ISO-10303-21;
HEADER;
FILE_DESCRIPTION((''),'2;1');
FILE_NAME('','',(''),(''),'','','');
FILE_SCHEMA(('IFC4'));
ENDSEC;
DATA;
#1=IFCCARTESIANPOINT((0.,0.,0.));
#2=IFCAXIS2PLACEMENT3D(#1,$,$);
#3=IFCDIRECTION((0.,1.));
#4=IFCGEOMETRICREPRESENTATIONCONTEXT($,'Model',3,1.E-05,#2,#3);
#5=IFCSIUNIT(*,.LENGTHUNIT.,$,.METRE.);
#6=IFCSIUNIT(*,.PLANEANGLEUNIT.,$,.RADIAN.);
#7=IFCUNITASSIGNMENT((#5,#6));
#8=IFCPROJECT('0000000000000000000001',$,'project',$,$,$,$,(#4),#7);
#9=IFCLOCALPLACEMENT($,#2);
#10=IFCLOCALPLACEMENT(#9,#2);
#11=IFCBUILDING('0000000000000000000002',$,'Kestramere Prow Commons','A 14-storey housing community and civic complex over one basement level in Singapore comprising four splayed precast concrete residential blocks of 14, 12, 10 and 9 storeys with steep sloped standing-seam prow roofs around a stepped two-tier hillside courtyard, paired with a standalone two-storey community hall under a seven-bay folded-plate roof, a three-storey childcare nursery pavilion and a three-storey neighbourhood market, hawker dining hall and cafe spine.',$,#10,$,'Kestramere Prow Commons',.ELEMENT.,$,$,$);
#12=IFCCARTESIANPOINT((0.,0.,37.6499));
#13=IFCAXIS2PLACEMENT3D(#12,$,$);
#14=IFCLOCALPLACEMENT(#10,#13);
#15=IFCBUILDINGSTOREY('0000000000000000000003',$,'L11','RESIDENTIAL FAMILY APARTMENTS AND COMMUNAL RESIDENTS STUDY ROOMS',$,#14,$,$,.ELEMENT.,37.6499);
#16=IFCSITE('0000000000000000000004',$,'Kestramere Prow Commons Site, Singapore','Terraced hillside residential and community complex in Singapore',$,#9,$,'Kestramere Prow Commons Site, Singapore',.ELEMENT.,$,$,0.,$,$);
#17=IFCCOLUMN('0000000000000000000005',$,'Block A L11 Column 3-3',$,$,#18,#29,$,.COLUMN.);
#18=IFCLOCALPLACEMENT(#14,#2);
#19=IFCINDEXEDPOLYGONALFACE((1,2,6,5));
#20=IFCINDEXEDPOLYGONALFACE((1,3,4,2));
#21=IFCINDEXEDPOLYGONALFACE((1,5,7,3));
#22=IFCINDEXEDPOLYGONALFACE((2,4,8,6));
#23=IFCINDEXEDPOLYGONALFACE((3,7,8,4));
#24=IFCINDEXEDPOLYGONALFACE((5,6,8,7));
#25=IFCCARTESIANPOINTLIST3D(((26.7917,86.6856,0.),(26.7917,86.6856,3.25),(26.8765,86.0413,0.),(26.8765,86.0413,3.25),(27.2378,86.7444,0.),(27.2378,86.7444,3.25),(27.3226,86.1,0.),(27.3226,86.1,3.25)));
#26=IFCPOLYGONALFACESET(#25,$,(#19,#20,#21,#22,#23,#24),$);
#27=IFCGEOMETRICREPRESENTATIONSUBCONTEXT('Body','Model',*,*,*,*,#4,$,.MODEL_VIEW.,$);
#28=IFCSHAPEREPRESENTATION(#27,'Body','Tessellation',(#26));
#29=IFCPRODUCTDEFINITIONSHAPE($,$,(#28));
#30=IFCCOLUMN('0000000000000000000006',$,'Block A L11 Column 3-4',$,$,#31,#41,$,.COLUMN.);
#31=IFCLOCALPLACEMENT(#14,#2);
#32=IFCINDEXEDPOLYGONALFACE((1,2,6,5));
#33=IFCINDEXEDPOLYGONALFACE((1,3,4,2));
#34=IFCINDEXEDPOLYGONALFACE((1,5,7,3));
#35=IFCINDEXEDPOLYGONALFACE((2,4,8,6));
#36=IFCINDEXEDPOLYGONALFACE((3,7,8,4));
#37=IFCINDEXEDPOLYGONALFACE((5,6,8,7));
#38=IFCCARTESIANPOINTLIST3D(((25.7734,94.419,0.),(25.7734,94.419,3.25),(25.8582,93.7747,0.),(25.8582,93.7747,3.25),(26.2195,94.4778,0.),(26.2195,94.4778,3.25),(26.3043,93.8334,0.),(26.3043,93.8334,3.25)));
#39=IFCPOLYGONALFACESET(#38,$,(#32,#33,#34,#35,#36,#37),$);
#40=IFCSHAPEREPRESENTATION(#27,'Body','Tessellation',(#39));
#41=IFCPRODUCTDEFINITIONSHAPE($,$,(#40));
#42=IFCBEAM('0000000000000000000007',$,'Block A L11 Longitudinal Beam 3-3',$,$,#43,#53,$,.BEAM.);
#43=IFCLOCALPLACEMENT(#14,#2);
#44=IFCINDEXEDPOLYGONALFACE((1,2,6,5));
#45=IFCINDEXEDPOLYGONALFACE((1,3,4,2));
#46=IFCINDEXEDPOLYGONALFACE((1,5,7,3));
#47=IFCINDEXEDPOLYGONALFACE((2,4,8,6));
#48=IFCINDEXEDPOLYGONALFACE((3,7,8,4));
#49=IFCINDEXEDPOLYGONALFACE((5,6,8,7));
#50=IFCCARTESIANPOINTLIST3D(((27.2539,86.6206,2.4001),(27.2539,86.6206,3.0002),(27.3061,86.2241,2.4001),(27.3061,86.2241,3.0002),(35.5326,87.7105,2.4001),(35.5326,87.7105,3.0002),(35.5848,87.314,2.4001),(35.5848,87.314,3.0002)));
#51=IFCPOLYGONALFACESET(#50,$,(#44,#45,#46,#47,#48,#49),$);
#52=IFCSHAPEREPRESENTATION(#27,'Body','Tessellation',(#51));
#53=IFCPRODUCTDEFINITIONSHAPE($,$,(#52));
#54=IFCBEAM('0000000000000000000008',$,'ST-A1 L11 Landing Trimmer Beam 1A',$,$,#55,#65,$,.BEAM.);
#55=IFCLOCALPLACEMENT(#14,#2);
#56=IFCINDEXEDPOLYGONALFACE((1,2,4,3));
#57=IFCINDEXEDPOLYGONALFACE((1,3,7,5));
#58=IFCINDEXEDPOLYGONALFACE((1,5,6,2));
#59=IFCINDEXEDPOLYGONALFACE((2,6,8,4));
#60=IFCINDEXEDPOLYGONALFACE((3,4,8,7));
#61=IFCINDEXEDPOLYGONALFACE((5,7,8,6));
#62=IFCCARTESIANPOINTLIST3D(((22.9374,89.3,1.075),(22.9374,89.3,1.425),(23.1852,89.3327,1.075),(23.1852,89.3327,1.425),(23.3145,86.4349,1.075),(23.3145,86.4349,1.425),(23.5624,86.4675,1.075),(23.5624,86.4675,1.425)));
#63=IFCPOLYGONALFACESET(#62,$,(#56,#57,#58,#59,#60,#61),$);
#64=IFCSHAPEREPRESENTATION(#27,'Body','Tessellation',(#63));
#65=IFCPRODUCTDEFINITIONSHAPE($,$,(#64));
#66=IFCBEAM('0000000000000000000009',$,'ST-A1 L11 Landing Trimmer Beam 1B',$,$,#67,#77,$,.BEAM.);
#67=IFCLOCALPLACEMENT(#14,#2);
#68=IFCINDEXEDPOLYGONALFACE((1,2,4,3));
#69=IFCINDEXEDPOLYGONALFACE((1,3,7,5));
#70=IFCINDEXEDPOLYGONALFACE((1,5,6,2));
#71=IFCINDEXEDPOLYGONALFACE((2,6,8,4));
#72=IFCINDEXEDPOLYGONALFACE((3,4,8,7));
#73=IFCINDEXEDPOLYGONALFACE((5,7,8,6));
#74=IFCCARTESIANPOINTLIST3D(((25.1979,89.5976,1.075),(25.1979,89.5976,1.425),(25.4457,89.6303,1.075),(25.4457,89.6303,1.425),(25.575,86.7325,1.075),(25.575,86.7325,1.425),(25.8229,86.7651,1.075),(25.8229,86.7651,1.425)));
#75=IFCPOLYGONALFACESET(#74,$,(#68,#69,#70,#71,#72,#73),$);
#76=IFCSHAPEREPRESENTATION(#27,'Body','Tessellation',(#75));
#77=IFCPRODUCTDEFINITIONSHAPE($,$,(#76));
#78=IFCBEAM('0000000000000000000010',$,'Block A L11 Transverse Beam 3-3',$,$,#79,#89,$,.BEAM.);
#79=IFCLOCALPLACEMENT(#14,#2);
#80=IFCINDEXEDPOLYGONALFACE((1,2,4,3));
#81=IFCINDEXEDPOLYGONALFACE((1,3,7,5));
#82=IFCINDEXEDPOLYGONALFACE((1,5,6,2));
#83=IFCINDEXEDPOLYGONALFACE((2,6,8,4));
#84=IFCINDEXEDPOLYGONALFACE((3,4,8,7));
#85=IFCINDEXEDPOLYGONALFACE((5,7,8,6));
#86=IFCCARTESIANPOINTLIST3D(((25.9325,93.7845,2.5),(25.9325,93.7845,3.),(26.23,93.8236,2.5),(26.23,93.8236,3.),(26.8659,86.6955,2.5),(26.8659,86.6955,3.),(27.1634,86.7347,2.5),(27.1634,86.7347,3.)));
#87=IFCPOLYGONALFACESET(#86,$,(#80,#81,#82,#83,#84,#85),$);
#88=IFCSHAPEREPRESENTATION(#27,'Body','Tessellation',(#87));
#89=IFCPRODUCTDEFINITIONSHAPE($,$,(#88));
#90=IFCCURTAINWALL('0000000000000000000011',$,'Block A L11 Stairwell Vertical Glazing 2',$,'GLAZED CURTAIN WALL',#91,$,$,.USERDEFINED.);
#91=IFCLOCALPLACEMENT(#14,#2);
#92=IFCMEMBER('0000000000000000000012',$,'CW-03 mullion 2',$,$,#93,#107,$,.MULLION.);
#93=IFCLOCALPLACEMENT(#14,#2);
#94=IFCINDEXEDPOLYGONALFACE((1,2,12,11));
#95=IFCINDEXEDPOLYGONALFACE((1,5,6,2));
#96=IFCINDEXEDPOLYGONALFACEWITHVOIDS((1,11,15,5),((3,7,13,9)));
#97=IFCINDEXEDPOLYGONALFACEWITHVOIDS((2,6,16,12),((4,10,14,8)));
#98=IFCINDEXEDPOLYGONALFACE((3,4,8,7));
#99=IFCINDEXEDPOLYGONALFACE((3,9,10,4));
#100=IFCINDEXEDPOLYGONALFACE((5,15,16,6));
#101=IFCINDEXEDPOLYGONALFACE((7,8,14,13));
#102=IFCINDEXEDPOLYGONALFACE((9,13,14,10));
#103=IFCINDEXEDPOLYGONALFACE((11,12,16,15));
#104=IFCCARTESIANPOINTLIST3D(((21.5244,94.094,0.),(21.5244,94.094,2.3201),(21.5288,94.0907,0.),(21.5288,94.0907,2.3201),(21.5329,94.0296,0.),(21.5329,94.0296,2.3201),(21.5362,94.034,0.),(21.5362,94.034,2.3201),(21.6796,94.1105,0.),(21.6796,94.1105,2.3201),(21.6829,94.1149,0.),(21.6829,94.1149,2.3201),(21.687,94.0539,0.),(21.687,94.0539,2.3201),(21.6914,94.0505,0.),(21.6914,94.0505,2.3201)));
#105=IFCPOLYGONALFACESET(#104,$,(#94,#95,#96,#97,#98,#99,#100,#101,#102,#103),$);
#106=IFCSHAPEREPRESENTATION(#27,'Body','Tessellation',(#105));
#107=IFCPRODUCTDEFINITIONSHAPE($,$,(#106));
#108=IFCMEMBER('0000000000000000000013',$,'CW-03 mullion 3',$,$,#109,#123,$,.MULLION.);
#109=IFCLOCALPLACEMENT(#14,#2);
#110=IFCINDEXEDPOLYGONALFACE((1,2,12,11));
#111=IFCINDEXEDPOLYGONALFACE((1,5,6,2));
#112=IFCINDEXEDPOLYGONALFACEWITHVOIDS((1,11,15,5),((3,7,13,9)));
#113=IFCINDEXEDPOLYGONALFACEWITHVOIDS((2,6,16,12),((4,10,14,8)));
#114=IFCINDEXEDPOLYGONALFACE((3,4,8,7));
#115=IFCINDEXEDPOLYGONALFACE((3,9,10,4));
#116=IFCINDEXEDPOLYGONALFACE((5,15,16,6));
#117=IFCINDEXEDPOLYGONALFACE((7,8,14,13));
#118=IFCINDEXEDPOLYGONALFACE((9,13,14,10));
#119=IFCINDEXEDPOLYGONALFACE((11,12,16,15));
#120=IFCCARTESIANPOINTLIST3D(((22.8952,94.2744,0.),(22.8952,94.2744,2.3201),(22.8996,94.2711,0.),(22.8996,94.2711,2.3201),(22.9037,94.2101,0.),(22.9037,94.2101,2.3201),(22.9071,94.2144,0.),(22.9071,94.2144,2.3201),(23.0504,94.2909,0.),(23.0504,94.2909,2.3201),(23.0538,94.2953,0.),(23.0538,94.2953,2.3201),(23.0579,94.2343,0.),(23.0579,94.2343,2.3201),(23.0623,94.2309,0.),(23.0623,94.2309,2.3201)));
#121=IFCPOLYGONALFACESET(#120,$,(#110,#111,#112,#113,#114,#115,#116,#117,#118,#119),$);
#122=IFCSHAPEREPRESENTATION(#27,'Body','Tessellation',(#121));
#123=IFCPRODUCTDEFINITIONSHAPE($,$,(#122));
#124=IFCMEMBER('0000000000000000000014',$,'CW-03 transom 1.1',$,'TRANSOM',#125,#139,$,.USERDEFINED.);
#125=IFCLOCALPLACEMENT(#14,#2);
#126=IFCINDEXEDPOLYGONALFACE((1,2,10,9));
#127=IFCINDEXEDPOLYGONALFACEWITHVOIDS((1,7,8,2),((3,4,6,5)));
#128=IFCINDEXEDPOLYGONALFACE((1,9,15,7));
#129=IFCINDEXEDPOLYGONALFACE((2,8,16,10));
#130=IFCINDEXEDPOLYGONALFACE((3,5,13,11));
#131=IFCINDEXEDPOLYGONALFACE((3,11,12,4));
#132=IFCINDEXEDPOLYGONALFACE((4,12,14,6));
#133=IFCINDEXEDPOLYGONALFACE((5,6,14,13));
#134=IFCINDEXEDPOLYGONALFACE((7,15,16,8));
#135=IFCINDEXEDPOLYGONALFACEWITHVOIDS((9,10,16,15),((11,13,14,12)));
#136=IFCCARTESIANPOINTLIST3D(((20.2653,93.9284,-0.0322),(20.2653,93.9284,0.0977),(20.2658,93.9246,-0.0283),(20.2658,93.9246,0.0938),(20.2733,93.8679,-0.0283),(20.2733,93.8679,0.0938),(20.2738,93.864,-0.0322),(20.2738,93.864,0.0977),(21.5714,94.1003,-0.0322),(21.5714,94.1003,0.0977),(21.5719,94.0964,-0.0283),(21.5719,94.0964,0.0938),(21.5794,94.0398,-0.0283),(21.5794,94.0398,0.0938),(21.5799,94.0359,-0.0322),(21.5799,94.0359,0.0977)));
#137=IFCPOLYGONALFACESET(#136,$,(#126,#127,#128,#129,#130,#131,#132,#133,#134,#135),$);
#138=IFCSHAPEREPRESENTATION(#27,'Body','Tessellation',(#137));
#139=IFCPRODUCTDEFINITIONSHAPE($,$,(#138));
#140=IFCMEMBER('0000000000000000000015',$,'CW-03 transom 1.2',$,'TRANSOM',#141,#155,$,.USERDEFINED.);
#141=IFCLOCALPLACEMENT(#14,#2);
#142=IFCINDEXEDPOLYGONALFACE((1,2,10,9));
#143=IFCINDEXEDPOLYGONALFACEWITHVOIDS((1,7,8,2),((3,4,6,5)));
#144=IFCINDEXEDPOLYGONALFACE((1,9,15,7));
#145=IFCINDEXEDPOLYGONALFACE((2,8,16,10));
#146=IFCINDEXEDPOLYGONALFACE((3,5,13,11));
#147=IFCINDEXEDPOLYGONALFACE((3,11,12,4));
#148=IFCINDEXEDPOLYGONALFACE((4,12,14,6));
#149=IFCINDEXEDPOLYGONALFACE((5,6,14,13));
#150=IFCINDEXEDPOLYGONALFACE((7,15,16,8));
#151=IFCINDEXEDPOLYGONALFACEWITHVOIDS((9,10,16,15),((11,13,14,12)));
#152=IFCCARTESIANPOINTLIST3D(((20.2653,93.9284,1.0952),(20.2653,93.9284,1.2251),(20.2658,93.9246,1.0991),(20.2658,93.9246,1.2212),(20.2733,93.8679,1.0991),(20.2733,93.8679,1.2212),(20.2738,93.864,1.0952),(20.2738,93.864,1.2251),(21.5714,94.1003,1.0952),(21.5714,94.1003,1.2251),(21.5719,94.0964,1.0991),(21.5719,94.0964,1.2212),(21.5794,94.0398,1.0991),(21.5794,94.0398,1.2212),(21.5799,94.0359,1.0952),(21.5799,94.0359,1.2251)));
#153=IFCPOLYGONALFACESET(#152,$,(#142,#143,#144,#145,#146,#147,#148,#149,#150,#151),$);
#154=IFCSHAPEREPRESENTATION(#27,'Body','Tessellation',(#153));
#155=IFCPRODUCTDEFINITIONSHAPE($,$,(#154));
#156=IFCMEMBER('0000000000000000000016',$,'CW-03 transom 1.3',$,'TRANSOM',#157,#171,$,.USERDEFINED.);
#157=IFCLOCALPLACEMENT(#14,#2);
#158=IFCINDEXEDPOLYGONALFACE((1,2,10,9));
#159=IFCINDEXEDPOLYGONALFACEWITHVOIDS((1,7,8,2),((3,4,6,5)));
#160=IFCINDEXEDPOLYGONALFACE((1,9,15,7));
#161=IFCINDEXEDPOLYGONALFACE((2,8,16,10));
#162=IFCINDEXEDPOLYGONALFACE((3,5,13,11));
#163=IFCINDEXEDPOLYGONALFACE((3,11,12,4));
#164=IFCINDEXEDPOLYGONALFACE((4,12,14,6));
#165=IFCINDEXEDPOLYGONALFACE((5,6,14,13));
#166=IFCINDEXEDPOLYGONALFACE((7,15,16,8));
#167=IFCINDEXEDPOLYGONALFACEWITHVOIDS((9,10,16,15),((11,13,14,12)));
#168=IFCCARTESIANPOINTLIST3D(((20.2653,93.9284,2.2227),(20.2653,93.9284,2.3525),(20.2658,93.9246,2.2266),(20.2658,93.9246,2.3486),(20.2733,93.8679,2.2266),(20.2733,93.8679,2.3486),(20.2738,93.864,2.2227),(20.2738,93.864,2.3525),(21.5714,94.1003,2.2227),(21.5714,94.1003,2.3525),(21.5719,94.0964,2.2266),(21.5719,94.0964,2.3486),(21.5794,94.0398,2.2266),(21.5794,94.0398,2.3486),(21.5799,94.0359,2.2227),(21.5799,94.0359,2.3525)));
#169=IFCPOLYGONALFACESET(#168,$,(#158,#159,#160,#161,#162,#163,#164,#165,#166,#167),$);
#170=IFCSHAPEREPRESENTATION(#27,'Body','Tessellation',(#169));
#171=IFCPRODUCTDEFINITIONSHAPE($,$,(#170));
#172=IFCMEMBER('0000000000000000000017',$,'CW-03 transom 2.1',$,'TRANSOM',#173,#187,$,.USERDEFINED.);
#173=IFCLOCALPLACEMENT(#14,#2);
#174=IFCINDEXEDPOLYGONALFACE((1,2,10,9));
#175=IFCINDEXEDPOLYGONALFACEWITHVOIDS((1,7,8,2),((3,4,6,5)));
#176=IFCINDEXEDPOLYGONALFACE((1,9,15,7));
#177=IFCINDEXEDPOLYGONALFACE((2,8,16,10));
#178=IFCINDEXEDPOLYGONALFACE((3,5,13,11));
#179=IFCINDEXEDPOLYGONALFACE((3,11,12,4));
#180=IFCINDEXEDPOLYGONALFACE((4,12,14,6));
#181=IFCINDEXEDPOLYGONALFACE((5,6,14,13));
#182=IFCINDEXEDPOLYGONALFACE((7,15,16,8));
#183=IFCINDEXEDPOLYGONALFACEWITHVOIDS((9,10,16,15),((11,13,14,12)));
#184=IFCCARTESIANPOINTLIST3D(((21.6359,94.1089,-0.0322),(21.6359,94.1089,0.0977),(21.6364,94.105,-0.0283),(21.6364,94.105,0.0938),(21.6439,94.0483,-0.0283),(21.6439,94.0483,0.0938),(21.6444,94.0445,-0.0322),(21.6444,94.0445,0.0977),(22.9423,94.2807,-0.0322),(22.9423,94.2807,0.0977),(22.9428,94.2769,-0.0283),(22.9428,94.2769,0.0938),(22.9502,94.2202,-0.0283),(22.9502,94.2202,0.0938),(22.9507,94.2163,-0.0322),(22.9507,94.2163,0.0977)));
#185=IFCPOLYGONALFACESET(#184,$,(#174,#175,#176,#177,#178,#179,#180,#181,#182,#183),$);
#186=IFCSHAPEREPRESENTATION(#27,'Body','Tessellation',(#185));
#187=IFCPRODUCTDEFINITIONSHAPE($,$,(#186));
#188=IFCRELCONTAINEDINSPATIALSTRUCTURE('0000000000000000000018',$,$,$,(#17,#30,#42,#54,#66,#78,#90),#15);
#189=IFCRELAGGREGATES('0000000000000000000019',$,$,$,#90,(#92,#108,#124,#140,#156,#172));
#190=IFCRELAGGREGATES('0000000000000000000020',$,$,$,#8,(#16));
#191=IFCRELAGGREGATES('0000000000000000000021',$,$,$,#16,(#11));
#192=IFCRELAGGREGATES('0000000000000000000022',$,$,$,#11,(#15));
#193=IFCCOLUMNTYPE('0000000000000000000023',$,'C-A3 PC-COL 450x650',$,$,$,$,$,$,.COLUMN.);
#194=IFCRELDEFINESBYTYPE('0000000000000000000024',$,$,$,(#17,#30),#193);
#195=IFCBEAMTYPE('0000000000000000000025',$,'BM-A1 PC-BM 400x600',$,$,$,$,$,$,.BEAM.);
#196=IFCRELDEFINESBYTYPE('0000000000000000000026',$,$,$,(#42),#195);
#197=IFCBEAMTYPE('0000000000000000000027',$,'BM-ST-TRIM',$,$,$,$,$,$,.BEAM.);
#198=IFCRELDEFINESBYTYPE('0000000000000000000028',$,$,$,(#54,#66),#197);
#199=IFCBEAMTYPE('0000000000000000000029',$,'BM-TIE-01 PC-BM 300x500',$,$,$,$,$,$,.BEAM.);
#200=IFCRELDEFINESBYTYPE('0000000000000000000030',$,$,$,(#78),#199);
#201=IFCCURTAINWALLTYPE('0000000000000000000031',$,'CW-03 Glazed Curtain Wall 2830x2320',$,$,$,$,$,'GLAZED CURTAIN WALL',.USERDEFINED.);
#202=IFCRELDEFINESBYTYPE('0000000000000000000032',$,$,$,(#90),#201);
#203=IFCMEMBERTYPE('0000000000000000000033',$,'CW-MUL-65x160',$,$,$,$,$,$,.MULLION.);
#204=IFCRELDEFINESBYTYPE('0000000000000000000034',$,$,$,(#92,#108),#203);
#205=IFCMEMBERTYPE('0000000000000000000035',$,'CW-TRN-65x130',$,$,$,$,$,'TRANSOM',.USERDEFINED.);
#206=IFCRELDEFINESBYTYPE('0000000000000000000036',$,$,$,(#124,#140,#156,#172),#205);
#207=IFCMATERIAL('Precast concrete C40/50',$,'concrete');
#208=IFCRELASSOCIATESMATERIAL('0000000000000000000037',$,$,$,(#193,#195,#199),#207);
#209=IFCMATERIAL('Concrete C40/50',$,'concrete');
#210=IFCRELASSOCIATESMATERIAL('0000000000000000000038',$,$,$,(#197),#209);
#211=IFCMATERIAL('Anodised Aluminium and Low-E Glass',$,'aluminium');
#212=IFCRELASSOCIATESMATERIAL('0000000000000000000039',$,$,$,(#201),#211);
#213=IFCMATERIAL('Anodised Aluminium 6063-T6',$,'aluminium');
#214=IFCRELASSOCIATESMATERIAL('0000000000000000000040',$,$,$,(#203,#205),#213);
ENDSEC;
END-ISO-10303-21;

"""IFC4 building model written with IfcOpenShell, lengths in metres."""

from ifc_helpers import new_model, si_unit, direction, frame, origin, origin_2d, place, context, subcontext, project, spatial, rectangle, hollow_rectangle, extrude, material, material_profile, profile_set, type_object, element, aggregate, save


model = new_model("IFC4")

# Units and contexts
model_context = context("Model", 3, precision=1e-05, world=origin(), true_north=direction((0.0, 1.0)))
body_context = subcontext(model_context, "Body", "Model", "MODEL_VIEW")
ifc_project = project(units=[si_unit("LENGTHUNIT", "METRE"), si_unit("PLANEANGLEUNIT", "RADIAN")], contexts=[model_context])

# Site, building, storey
site_placement = place(None, origin())
site = spatial("IfcSite", under=ifc_project, at=site_placement, Name="Kestramere Prow Commons Site, Singapore", Description="Terraced hillside residential and community complex in Singapore", LongName="Kestramere Prow Commons Site, Singapore", CompositionType="ELEMENT", RefElevation=0.0)
building_placement = place(site_placement, origin())
building = spatial("IfcBuilding", under=site, at=building_placement, Name="Kestramere Prow Commons", Description="A 14-storey housing community and civic complex over one basement level in Singapore comprising four splayed precast concrete residential blocks of 14, 12, 10 and 9 storeys with steep sloped standing-seam prow roofs around a stepped two-tier hillside courtyard, paired with a standalone two-storey community hall under a seven-bay folded-plate roof, a three-storey childcare nursery pavilion and a three-storey neighbourhood market, hawker dining hall and cafe spine.", LongName="Kestramere Prow Commons", CompositionType="ELEMENT")
storey_placement = place(building_placement, frame((0.0, 0.0, 37.6499)))
storey = spatial("IfcBuildingStorey", under=building, at=storey_placement, Name="L11", Description="RESIDENTIAL FAMILY APARTMENTS AND COMMUNAL RESIDENTS STUDY ROOMS", CompositionType="ELEMENT", Elevation=37.6499)

# Columns
ifc_material_1 = material(Name="Precast concrete C40/50", Category="concrete")
ifc_material_profile_1 = material_profile(ifc_material_1, rectangle(XDim=0.45, YDim=0.6499, at=origin_2d()), Name="PC-COL 450x650")
ifc_profile_set_1 = profile_set([ifc_material_profile_1], Name="Precast concrete C40/50")
column_type = type_object("IfcColumnType", Name="C-A3 PC-COL 450x650", PredefinedType="COLUMN", material=ifc_profile_set_1)
for number, where, z_axis, x_axis, name in (
    (1, (27.0571, 86.3928, 0.0), (0.0, 0.0, 1.0), (0.991445, 0.130526, 0.0), "Block A L11 Column 3-3"),
    (2, (26.0388, 94.1262, 0.0), (0.0, 0.0, 1.0), (0.991445, 0.130526, 0.0), "Block A L11 Column 3-4"),
):
    element("IfcColumn", number, at=place(storey_placement, frame(where, z_axis=z_axis, x_axis=x_axis)), inside=storey, type_object=column_type, Name=name, PredefinedType="COLUMN", context=body_context, shape_type="SweptSolid", body=[
        extrude(rectangle(XDim=0.45, YDim=0.6499, at=origin_2d()), origin(), (0.0, 0.0, 1.0), 3.25),
    ])

# Beams
ifc_material_profile_2 = material_profile(ifc_material_1, rectangle(XDim=0.3999, YDim=0.6001, at=origin_2d()), Name="PC-BM 400x600")
ifc_profile_set_2 = profile_set([ifc_material_profile_2], Name="Precast concrete C40/50")
beam_type_1 = type_object("IfcBeamType", Name="BM-A1 PC-BM 400x600", PredefinedType="BEAM", material=ifc_profile_set_2)
beam_1_placement = place(storey_placement, frame((27.28, 86.4224, 2.7002), z_axis=(0.991446, 0.13052, 0.0), x_axis=(-0.13052, 0.991446, 0.0)))
element("IfcBeam", 3, at=beam_1_placement, inside=storey, type_object=beam_type_1, Name="Block A L11 Longitudinal Beam 3-3", PredefinedType="BEAM", context=body_context, shape_type="SweptSolid", body=[
    extrude(rectangle(XDim=0.3999, YDim=0.6001, at=origin_2d()), origin(), (0.0, 0.0, 1.0), 8.3501),
])
ifc_material_2 = material(Name="Concrete C40/50", Category="concrete")
ifc_material_profile_3 = material_profile(ifc_material_2, rectangle(XDim=0.25, YDim=0.3501, at=origin_2d()), Name="PC-BM 250x350")
ifc_profile_set_3 = profile_set([ifc_material_profile_3], Name="Concrete C40/50")
beam_type_2 = type_object("IfcBeamType", Name="BM-ST-TRIM", PredefinedType="BEAM", material=ifc_profile_set_3)
for number, where, z_axis, x_axis, name in (
    (4, (23.4385, 86.4512, 1.25), (-0.13052, 0.991446, 0.0), (-0.991446, -0.13052, 0.0), "ST-A1 L11 Landing Trimmer Beam 1A"),
    (5, (25.699, 86.7488, 1.25), (-0.13052, 0.991446, 0.0), (-0.991446, -0.13052, 0.0), "ST-A1 L11 Landing Trimmer Beam 1B"),
):
    element("IfcBeam", number, at=place(storey_placement, frame(where, z_axis=z_axis, x_axis=x_axis)), inside=storey, type_object=beam_type_2, Name=name, PredefinedType="BEAM", context=body_context, shape_type="SweptSolid", body=[
        extrude(rectangle(XDim=0.25, YDim=0.3501, at=origin_2d()), origin(), (0.0, 0.0, 1.0), 2.8899),
    ])
ifc_material_profile_4 = material_profile(ifc_material_1, rectangle(XDim=0.3, YDim=0.5, at=origin_2d()), Name="PC-BM 300x500")
ifc_profile_set_4 = profile_set([ifc_material_profile_4], Name="Precast concrete C40/50")
beam_type_3 = type_object("IfcBeamType", Name="BM-TIE-01 PC-BM 300x500", PredefinedType="BEAM", material=ifc_profile_set_4)
beam_2_placement = place(storey_placement, frame((27.0146, 86.7151, 2.75), z_axis=(-0.130538, 0.991443, 0.0), x_axis=(-0.991443, -0.130538, 0.0)))
element("IfcBeam", 6, at=beam_2_placement, inside=storey, type_object=beam_type_3, Name="Block A L11 Transverse Beam 3-3", PredefinedType="BEAM", context=body_context, shape_type="SweptSolid", body=[
    extrude(rectangle(XDim=0.3, YDim=0.5, at=origin_2d()), origin(), (0.0, 0.0, 1.0), 7.1501),
])

# Curtain wall, members
ifc_material_3 = material(Name="Anodised Aluminium and Low-E Glass", Category="aluminium")
curtain_wall_type = type_object("IfcCurtainWallType", Name="CW-03 Glazed Curtain Wall 2830x2320", ElementType="GLAZED CURTAIN WALL", PredefinedType="USERDEFINED", material=ifc_material_3)
curtain_wall_placement = place(storey_placement, origin())
curtain_wall = element("IfcCurtainWall", 7, at=curtain_wall_placement, inside=storey, type_object=curtain_wall_type, Name="Block A L11 Stairwell Vertical Glazing 2", ObjectType="GLAZED CURTAIN WALL", PredefinedType="USERDEFINED")
ifc_material_4 = material(Name="Anodised Aluminium 6063-T6", Category="aluminium")
ifc_material_profile_5 = material_profile(ifc_material_4, hollow_rectangle(XDim=0.0649, YDim=0.1599, WallThickness=0.0039, at=origin_2d()), Name="ALU-MUL 65x160")
ifc_profile_set_5 = profile_set([ifc_material_profile_5], Name="Anodised Aluminium 6063-T6")
member_type_1 = type_object("IfcMemberType", Name="CW-MUL-65x160", PredefinedType="MULLION", material=ifc_profile_set_5)
member_1_placement = place(storey_placement, frame((21.6079, 94.0723, 0.0), z_axis=(0.0, 0.0, 1.0), x_axis=(-0.130526, 0.991445, 0.0)))
member_1 = element("IfcMember", 8, at=member_1_placement, type_object=member_type_1, Name="CW-03 mullion 2", PredefinedType="MULLION", context=body_context, shape_type="SweptSolid", body=[
    extrude(hollow_rectangle(XDim=0.0649, YDim=0.1599, WallThickness=0.0039, at=origin_2d()), origin(), (0.0, 0.0, 1.0), 2.3201),
])
member_2_placement = place(storey_placement, frame((22.9788, 94.2527, 0.0), z_axis=(0.0, 0.0, 1.0), x_axis=(-0.130526, 0.991445, 0.0)))
member_2 = element("IfcMember", 9, at=member_2_placement, type_object=member_type_1, Name="CW-03 mullion 3", PredefinedType="MULLION", context=body_context, shape_type="SweptSolid", body=[
    extrude(hollow_rectangle(XDim=0.0649, YDim=0.1599, WallThickness=0.0039, at=origin_2d()), origin(), (0.0, 0.0, 1.0), 2.3201),
])
ifc_material_profile_6 = material_profile(ifc_material_4, hollow_rectangle(XDim=0.0649, YDim=0.1299, WallThickness=0.0039, at=origin_2d()), Name="ALU-TRN 65x130")
ifc_profile_set_6 = profile_set([ifc_material_profile_6], Name="Anodised Aluminium 6063-T6")
member_type_2 = type_object("IfcMemberType", Name="CW-TRN-65x130", ElementType="TRANSOM", PredefinedType="USERDEFINED", material=ifc_profile_set_6)
member_3_placement = place(storey_placement, frame((20.2695, 93.8962, 0.0327), z_axis=(0.991453, 0.130464, 0.0), x_axis=(-0.130464, 0.991453, 0.0)))
member_3 = element("IfcMember", 10, at=member_3_placement, type_object=member_type_2, Name="CW-03 transom 1.1", ObjectType="TRANSOM", PredefinedType="USERDEFINED", context=body_context, shape_type="SweptSolid", body=[
    extrude(hollow_rectangle(XDim=0.0649, YDim=0.1299, WallThickness=0.0039, at=origin_2d()), origin(), (0.0, 0.0, 1.0), 1.3174),
])
member_4_placement = place(storey_placement, frame((20.2695, 93.8962, 1.1602), z_axis=(0.991453, 0.130464, 0.0), x_axis=(-0.130464, 0.991453, 0.0)))
member_4 = element("IfcMember", 11, at=member_4_placement, type_object=member_type_2, Name="CW-03 transom 1.2", ObjectType="TRANSOM", PredefinedType="USERDEFINED", context=body_context, shape_type="SweptSolid", body=[
    extrude(hollow_rectangle(XDim=0.0649, YDim=0.1299, WallThickness=0.0039, at=origin_2d()), origin(), (0.0, 0.0, 1.0), 1.3174),
])
member_5_placement = place(storey_placement, frame((20.2695, 93.8962, 2.2876), z_axis=(0.991453, 0.130464, 0.0), x_axis=(-0.130464, 0.991453, 0.0)))
member_5 = element("IfcMember", 12, at=member_5_placement, type_object=member_type_2, Name="CW-03 transom 1.3", ObjectType="TRANSOM", PredefinedType="USERDEFINED", context=body_context, shape_type="SweptSolid", body=[
    extrude(hollow_rectangle(XDim=0.0649, YDim=0.1299, WallThickness=0.0039, at=origin_2d()), origin(), (0.0, 0.0, 1.0), 1.3174),
])
member_6_placement = place(storey_placement, frame((21.6401, 94.0767, 0.0327), z_axis=(0.991456, 0.13044, 0.0), x_axis=(-0.13044, 0.991456, 0.0)))
member_6 = element("IfcMember", 13, at=member_6_placement, type_object=member_type_2, Name="CW-03 transom 2.1", ObjectType="TRANSOM", PredefinedType="USERDEFINED", context=body_context, shape_type="SweptSolid", body=[
    extrude(hollow_rectangle(XDim=0.0649, YDim=0.1299, WallThickness=0.0039, at=origin_2d()), origin(), (0.0, 0.0, 1.0), 1.3176),
])

aggregate(curtain_wall, [member_1, member_2, member_3, member_4, member_5, member_6])

save(model, "model.ifc")
